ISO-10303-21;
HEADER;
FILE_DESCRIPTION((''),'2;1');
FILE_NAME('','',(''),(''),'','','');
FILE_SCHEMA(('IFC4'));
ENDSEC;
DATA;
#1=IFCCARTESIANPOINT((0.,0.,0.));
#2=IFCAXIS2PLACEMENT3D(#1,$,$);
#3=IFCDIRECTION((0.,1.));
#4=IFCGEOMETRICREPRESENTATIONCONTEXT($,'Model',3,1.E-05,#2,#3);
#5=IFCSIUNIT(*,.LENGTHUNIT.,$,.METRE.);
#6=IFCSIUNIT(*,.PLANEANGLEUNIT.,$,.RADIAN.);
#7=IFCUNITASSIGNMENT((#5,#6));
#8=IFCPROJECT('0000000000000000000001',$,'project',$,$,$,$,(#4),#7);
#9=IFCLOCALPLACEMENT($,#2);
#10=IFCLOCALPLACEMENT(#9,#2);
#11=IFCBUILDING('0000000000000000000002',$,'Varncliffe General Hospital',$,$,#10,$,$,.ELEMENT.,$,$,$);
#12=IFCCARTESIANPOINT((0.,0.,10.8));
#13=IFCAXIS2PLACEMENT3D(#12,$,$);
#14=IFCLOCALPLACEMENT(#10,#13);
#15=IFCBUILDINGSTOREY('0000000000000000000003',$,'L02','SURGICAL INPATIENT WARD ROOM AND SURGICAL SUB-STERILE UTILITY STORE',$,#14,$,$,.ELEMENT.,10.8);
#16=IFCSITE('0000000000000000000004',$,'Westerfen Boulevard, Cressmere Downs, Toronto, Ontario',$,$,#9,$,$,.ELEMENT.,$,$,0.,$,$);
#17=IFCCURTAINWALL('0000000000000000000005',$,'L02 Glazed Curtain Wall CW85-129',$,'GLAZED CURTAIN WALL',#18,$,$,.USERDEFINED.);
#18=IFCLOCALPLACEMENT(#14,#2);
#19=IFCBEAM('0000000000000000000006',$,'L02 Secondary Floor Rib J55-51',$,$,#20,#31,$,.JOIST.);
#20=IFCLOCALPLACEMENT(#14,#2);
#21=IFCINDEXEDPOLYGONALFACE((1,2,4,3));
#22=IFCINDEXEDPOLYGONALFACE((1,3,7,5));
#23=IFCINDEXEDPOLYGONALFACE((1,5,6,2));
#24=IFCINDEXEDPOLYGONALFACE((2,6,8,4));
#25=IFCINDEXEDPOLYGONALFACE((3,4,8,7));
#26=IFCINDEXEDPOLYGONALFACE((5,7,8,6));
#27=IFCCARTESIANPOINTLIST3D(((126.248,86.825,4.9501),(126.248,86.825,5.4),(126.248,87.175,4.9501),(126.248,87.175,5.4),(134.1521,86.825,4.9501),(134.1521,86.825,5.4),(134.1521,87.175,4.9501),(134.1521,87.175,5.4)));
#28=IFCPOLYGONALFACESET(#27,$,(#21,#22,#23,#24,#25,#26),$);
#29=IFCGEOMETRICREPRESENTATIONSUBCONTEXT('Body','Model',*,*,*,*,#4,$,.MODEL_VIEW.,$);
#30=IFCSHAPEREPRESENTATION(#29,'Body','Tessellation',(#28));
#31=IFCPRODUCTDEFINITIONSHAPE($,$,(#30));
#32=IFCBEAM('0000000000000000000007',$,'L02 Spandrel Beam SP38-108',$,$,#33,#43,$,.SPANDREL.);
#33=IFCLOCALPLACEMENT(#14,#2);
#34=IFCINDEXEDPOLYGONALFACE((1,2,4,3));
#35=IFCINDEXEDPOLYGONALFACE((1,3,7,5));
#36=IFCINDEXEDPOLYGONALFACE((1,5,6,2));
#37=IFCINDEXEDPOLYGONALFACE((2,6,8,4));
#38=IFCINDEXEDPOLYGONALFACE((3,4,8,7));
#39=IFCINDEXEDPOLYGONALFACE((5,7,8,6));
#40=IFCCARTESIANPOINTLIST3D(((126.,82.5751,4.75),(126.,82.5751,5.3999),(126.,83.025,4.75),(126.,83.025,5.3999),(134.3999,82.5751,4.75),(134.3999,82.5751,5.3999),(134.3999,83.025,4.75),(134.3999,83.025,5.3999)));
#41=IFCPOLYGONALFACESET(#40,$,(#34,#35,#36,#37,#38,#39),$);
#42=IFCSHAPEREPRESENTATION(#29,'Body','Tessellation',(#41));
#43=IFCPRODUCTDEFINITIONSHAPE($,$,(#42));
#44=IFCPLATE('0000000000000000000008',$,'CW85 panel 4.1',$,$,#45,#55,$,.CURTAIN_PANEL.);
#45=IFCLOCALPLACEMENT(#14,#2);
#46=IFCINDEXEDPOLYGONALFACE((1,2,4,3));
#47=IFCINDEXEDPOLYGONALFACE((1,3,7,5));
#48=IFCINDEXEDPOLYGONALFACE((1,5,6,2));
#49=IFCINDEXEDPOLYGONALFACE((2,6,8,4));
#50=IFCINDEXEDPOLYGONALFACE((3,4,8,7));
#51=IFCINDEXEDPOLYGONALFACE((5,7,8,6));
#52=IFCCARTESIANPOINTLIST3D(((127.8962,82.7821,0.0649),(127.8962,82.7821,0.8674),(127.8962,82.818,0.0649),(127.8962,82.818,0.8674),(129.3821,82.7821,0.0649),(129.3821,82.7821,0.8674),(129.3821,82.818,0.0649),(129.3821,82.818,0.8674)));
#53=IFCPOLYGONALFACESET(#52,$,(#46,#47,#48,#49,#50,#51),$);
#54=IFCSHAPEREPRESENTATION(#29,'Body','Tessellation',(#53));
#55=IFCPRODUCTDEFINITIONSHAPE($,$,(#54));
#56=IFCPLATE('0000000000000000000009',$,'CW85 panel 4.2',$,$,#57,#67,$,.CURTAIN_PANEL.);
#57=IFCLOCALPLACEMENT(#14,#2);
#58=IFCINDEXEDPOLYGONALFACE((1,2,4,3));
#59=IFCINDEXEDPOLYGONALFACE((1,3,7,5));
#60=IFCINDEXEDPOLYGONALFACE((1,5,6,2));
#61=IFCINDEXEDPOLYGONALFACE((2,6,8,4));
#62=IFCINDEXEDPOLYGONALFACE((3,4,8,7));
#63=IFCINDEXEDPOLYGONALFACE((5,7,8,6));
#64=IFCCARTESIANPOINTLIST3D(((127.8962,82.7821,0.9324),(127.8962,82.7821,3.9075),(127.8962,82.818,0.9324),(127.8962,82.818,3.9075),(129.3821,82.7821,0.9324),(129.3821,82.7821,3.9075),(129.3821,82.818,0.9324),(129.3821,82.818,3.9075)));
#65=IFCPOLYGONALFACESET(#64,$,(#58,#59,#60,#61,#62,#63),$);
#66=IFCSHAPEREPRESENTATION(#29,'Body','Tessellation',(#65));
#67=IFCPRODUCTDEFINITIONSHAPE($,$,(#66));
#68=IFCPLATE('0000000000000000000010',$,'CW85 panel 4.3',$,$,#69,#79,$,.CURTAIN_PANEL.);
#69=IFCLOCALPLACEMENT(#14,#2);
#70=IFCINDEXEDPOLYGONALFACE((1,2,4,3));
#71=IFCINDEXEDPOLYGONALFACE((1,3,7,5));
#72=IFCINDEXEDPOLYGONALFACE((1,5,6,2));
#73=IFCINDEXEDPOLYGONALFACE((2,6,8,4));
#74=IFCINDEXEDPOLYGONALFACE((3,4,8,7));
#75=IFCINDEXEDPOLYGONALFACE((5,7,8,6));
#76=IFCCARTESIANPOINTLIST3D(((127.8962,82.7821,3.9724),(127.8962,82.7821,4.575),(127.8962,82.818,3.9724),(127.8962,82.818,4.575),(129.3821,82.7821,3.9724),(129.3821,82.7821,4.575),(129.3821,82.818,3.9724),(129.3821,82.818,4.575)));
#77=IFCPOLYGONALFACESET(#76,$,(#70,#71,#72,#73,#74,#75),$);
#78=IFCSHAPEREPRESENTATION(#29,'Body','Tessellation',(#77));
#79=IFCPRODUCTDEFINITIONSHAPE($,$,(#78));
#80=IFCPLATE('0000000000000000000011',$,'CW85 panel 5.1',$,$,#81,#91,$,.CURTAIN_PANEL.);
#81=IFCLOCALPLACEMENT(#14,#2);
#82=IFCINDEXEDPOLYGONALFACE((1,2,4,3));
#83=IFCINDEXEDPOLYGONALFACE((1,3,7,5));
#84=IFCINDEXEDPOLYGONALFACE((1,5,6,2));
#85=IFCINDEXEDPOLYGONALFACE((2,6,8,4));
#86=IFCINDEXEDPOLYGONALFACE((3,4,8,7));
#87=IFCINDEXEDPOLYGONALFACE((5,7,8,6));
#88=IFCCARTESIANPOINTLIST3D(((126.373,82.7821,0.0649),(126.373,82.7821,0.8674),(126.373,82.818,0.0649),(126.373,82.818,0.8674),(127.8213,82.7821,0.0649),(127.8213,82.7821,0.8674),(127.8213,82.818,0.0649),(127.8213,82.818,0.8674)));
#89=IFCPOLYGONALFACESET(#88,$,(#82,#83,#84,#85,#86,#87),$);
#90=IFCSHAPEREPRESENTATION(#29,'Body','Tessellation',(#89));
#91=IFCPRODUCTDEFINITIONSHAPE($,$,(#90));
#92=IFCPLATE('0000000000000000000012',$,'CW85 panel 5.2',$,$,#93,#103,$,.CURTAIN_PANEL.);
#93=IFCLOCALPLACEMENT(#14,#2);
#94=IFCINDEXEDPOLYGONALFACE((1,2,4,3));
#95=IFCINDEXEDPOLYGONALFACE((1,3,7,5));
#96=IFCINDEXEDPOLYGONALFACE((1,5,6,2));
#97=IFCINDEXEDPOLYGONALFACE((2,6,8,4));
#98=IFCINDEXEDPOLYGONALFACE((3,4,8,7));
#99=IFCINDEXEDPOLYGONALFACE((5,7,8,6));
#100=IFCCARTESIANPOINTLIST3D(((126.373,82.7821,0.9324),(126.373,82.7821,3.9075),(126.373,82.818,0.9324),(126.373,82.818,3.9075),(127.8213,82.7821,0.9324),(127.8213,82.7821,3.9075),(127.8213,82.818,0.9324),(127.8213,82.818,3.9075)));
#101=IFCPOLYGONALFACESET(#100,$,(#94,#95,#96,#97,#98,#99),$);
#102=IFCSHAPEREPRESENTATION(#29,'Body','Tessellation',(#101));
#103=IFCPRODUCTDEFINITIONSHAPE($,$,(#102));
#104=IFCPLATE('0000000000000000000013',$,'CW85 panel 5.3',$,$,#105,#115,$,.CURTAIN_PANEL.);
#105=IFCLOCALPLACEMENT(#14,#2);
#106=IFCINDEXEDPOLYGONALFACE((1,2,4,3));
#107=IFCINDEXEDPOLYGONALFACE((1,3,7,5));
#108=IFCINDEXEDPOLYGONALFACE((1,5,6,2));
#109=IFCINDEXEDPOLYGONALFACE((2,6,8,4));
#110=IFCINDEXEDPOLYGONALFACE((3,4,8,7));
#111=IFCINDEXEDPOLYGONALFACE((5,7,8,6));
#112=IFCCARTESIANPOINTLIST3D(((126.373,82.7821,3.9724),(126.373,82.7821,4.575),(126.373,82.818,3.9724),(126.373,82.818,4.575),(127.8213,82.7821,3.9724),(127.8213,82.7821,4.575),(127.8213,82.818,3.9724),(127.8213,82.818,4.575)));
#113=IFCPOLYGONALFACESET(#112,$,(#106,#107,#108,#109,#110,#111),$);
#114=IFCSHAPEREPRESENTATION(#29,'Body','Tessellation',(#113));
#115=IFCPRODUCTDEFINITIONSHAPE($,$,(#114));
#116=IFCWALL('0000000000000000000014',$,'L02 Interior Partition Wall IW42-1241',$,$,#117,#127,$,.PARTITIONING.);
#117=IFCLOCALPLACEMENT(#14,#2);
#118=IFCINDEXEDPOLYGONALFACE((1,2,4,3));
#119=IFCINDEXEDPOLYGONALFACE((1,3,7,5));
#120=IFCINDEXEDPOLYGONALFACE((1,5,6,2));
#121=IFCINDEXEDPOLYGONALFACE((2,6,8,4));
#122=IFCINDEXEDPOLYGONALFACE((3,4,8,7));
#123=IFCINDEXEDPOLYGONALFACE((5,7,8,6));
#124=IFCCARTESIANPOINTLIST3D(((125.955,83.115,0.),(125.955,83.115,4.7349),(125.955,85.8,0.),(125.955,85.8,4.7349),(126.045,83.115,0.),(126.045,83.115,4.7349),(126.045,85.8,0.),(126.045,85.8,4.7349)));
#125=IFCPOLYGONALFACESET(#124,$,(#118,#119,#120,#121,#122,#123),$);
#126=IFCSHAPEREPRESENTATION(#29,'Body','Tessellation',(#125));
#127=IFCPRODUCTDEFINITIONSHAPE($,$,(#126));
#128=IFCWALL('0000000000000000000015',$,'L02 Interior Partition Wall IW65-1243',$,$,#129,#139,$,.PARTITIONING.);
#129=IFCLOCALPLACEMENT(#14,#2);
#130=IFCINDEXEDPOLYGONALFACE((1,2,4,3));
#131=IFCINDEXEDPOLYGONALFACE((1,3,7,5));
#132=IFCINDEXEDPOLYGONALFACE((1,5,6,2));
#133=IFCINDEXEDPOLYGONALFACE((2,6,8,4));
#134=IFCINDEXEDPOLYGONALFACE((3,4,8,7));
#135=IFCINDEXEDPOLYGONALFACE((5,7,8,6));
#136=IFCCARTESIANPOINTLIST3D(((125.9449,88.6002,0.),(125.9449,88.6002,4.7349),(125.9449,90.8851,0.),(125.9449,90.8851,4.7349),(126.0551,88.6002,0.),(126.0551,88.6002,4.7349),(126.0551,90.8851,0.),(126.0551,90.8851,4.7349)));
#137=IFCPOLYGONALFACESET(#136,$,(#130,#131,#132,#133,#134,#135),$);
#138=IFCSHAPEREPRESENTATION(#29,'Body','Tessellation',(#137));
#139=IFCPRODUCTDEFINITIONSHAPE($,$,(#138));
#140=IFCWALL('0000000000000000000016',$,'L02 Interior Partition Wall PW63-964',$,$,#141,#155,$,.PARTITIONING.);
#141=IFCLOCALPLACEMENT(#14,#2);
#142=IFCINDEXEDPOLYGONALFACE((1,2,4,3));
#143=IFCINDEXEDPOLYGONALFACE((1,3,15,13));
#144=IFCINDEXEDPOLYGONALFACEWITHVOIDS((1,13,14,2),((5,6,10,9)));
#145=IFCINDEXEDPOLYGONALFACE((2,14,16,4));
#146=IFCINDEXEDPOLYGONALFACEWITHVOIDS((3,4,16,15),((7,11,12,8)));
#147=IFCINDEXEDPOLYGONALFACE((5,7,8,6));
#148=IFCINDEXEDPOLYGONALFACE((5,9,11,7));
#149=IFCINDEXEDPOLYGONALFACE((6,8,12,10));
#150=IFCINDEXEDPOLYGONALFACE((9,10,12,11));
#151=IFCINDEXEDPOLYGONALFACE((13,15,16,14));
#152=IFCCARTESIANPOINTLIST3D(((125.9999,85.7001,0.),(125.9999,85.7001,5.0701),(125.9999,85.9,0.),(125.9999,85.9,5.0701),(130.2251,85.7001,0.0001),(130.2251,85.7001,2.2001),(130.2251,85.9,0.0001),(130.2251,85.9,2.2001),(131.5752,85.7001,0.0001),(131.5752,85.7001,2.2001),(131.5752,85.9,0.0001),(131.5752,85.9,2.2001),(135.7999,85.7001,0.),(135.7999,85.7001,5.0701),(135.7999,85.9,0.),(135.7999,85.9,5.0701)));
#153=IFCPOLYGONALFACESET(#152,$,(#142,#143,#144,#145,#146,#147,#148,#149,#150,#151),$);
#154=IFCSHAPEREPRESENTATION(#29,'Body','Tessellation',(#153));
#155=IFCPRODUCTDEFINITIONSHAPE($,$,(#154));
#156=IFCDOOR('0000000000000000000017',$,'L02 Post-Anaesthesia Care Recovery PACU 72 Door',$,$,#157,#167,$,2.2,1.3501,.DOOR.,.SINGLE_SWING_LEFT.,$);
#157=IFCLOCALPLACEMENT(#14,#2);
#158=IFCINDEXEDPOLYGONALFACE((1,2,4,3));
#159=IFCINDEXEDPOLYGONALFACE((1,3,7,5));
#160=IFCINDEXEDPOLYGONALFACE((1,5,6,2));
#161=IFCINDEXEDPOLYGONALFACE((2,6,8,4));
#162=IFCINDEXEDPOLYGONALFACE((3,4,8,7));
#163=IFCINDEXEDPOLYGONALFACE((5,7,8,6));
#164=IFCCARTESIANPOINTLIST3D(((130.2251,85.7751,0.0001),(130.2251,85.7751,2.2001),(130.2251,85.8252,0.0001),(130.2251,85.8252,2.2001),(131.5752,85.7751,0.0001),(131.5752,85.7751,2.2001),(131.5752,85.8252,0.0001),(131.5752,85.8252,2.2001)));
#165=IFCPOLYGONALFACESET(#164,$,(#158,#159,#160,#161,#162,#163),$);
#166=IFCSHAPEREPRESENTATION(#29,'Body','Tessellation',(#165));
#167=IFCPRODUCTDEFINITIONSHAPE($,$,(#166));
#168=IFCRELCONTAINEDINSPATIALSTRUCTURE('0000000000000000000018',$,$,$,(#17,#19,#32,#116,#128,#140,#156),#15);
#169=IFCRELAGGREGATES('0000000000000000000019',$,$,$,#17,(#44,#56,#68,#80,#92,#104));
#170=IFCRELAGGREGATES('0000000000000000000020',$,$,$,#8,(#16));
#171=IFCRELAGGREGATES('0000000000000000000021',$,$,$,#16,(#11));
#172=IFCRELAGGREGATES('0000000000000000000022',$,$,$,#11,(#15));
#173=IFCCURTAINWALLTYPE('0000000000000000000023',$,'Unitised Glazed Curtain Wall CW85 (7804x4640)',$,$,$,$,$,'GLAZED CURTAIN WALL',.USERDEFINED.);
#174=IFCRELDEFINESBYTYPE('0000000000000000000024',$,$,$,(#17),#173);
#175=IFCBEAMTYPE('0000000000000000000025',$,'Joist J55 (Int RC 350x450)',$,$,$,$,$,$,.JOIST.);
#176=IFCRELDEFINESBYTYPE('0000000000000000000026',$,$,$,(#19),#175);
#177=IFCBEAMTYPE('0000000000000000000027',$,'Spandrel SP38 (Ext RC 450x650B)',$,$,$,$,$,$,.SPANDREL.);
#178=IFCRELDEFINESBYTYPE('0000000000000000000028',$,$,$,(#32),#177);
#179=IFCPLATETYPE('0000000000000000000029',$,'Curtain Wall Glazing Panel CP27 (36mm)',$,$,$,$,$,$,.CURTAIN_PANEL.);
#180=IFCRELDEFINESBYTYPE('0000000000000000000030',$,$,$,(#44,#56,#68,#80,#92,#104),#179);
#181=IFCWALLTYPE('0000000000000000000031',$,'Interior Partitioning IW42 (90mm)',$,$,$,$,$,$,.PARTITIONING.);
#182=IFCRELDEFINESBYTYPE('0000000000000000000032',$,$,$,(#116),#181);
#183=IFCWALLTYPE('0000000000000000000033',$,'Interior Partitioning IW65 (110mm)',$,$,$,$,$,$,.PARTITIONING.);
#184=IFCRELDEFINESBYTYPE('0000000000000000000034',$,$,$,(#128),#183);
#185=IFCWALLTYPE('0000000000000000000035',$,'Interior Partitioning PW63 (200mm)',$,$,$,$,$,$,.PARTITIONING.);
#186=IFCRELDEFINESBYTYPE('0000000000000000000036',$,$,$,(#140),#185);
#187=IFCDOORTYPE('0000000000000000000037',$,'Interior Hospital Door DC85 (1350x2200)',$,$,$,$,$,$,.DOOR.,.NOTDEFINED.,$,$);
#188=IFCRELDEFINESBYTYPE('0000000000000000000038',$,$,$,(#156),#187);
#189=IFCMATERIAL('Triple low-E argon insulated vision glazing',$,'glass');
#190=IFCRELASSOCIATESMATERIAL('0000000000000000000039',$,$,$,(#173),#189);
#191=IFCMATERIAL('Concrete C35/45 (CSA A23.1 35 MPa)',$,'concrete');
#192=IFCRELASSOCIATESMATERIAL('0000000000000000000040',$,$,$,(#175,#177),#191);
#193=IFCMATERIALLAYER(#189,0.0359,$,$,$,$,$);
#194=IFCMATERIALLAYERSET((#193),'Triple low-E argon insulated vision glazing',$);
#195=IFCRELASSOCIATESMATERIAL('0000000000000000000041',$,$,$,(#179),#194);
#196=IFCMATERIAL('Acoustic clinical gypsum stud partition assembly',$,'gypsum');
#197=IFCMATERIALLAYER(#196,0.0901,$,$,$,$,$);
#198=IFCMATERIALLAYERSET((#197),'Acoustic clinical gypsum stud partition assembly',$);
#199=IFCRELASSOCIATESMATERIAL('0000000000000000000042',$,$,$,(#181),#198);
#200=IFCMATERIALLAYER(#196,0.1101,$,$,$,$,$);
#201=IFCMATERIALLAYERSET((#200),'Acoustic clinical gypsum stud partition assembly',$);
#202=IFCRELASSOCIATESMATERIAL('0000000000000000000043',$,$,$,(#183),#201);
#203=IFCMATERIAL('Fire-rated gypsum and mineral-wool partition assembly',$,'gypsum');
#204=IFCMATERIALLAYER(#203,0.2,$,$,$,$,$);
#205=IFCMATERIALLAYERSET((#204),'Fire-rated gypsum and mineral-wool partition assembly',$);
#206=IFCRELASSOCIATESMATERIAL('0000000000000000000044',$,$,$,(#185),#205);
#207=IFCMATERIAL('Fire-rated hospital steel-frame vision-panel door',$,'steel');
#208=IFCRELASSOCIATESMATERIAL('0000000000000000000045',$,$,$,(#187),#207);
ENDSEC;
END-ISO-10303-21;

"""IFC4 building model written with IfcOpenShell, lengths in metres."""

from ifc_helpers import new_model, si_unit, direction, frame, frame_2d, origin, origin_2d, place, context, subcontext, project, spatial, rectangle, extrude, material, layer, layer_set, material_profile, profile_set, type_object, element, fill, aggregate, save


model = new_model("IFC4")

# Units and contexts
model_context = context("Model", 3, precision=1e-05, world=origin(), true_north=direction((0.0, 1.0)))
body_context = subcontext(model_context, "Body", "Model", "MODEL_VIEW")
ifc_project = project(units=[si_unit("LENGTHUNIT", "METRE"), si_unit("PLANEANGLEUNIT", "RADIAN")], contexts=[model_context])

# Site, building, storey
site_placement = place(None, origin())
site = spatial("IfcSite", under=ifc_project, at=site_placement, Name="Westerfen Boulevard, Cressmere Downs, Toronto, Ontario", CompositionType="ELEMENT", RefElevation=0.0)
building_placement = place(site_placement, origin())
building = spatial("IfcBuilding", under=site, at=building_placement, Name="Varncliffe General Hospital", CompositionType="ELEMENT")
storey_placement = place(building_placement, frame((0.0, 0.0, 10.8)))
storey = spatial("IfcBuildingStorey", under=building, at=storey_placement, Name="L02", Description="SURGICAL INPATIENT WARD ROOM AND SURGICAL SUB-STERILE UTILITY STORE", CompositionType="ELEMENT", Elevation=10.8)

# Shared definitions
ifc_material_1 = material(Name="Concrete C35/45 (CSA A23.1 35 MPa)", Category="concrete")

# Curtain wall
ifc_material_2 = material(Name="Triple low-E argon insulated vision glazing", Category="glass")
curtain_wall_type = type_object("IfcCurtainWallType", Name="Unitised Glazed Curtain Wall CW85 (7804x4640)", ElementType="GLAZED CURTAIN WALL", PredefinedType="USERDEFINED", material=ifc_material_2)
curtain_wall_placement = place(storey_placement, origin())
curtain_wall = element("IfcCurtainWall", 1, at=curtain_wall_placement, inside=storey, type_object=curtain_wall_type, Name="L02 Glazed Curtain Wall CW85-129", ObjectType="GLAZED CURTAIN WALL", PredefinedType="USERDEFINED")

# Beams
ifc_material_profile_1 = material_profile(ifc_material_1, rectangle(XDim=0.3501, YDim=0.45, at=origin_2d()), Name="RC 350x450")
ifc_profile_set_1 = profile_set([ifc_material_profile_1], Name="Concrete C35/45 (CSA A23.1 35 MPa)")
beam_type_1 = type_object("IfcBeamType", Name="Joist J55 (Int RC 350x450)", PredefinedType="JOIST", material=ifc_profile_set_1)
beam_1_placement = place(storey_placement, frame((126.248, 87.0, 5.175), z_axis=(1.0, 0.0, 0.0), x_axis=(0.0, 1.0, 0.0)))
element("IfcBeam", 2, at=beam_1_placement, inside=storey, type_object=beam_type_1, Name="L02 Secondary Floor Rib J55-51", PredefinedType="JOIST", context=body_context, shape_type="SweptSolid", body=[
    extrude(rectangle(XDim=0.3501, YDim=0.45, at=origin_2d()), origin(), (0.0, 0.0, 1.0), 7.9041),
])
ifc_material_profile_2 = material_profile(ifc_material_1, rectangle(XDim=0.45, YDim=0.6499, at=origin_2d()), Name="RC 450x650")
ifc_profile_set_2 = profile_set([ifc_material_profile_2], Name="Concrete C35/45 (CSA A23.1 35 MPa)")
beam_type_2 = type_object("IfcBeamType", Name="Spandrel SP38 (Ext RC 450x650B)", PredefinedType="SPANDREL", material=ifc_profile_set_2)
beam_2_placement = place(storey_placement, frame((126.0, 82.8, 5.075), z_axis=(1.0, 0.0, 0.0), x_axis=(0.0, 1.0, 0.0)))
element("IfcBeam", 3, at=beam_2_placement, inside=storey, type_object=beam_type_2, Name="L02 Spandrel Beam SP38-108", PredefinedType="SPANDREL", context=body_context, shape_type="SweptSolid", body=[
    extrude(rectangle(XDim=0.45, YDim=0.6499, at=origin_2d()), origin(), (0.0, 0.0, 1.0), 8.3999),
])

# Plates
ifc_layer_1 = layer(ifc_material_2, 0.0359)
ifc_layer_set_1 = layer_set([ifc_layer_1], Name="Triple low-E argon insulated vision glazing")
plate_type = type_object("IfcPlateType", Name="Curtain Wall Glazing Panel CP27 (36mm)", PredefinedType="CURTAIN_PANEL", material=ifc_layer_set_1)
plate_1_placement = place(storey_placement, frame((128.6392, 82.8, 0.0649), z_axis=(0.0, 0.0, 1.0), x_axis=(-1.0, 0.0, 0.0)))
plate_1 = element("IfcPlate", 4, at=plate_1_placement, type_object=plate_type, Name="CW85 panel 4.1", PredefinedType="CURTAIN_PANEL", context=body_context, shape_type="SweptSolid", body=[
    extrude(rectangle(XDim=1.4858, YDim=0.0359, at=origin_2d()), origin(), (0.0, 0.0, 1.0), 0.8025),
])
plate_2_placement = place(storey_placement, frame((128.6392, 82.8, 0.9324), z_axis=(0.0, 0.0, 1.0), x_axis=(-1.0, 0.0, 0.0)))
plate_2 = element("IfcPlate", 5, at=plate_2_placement, type_object=plate_type, Name="CW85 panel 4.2", PredefinedType="CURTAIN_PANEL", context=body_context, shape_type="SweptSolid", body=[
    extrude(rectangle(XDim=1.4858, YDim=0.0359, at=origin_2d()), origin(), (0.0, 0.0, 1.0), 2.9751),
])
plate_3_placement = place(storey_placement, frame((128.6392, 82.8, 3.9724), z_axis=(0.0, 0.0, 1.0), x_axis=(-1.0, 0.0, 0.0)))
plate_3 = element("IfcPlate", 6, at=plate_3_placement, type_object=plate_type, Name="CW85 panel 4.3", PredefinedType="CURTAIN_PANEL", context=body_context, shape_type="SweptSolid", body=[
    extrude(rectangle(XDim=1.4858, YDim=0.0359, at=origin_2d()), origin(), (0.0, 0.0, 1.0), 0.6025),
])
plate_4_placement = place(storey_placement, frame((127.0972, 82.8, 0.0649), z_axis=(0.0, 0.0, 1.0), x_axis=(-1.0, 0.0, 0.0)))
plate_4 = element("IfcPlate", 7, at=plate_4_placement, type_object=plate_type, Name="CW85 panel 5.1", PredefinedType="CURTAIN_PANEL", context=body_context, shape_type="SweptSolid", body=[
    extrude(rectangle(XDim=1.4482, YDim=0.0359, at=origin_2d()), origin(), (0.0, 0.0, 1.0), 0.8025),
])
plate_5_placement = place(storey_placement, frame((127.0972, 82.8, 0.9324), z_axis=(0.0, 0.0, 1.0), x_axis=(-1.0, 0.0, 0.0)))
plate_5 = element("IfcPlate", 8, at=plate_5_placement, type_object=plate_type, Name="CW85 panel 5.2", PredefinedType="CURTAIN_PANEL", context=body_context, shape_type="SweptSolid", body=[
    extrude(rectangle(XDim=1.4482, YDim=0.0359, at=origin_2d()), origin(), (0.0, 0.0, 1.0), 2.9751),
])
plate_6_placement = place(storey_placement, frame((127.0972, 82.8, 3.9724), z_axis=(0.0, 0.0, 1.0), x_axis=(-1.0, 0.0, 0.0)))
plate_6 = element("IfcPlate", 9, at=plate_6_placement, type_object=plate_type, Name="CW85 panel 5.3", PredefinedType="CURTAIN_PANEL", context=body_context, shape_type="SweptSolid", body=[
    extrude(rectangle(XDim=1.4482, YDim=0.0359, at=origin_2d()), origin(), (0.0, 0.0, 1.0), 0.6025),
])
aggregate(curtain_wall, [plate_1, plate_2, plate_3, plate_4, plate_5, plate_6])

# Walls
ifc_material_3 = material(Name="Acoustic clinical gypsum stud partition assembly", Category="gypsum")
ifc_layer_2 = layer(ifc_material_3, 0.0901)
ifc_layer_set_2 = layer_set([ifc_layer_2], Name="Acoustic clinical gypsum stud partition assembly")
wall_type_1 = type_object("IfcWallType", Name="Interior Partitioning IW42 (90mm)", PredefinedType="PARTITIONING", material=ifc_layer_set_2)
wall_1_placement = place(storey_placement, frame((126.0, 83.115, 0.0), z_axis=(0.0, 0.0, 1.0), x_axis=(0.0, 1.0, 0.0)))
element("IfcWall", 10, at=wall_1_placement, inside=storey, type_object=wall_type_1, Name="L02 Interior Partition Wall IW42-1241", PredefinedType="PARTITIONING", context=body_context, shape_type="SweptSolid", body=[
    extrude(rectangle(XDim=2.6851, YDim=0.0901, at=frame_2d((1.3425, 0.0))), origin(), (0.0, 0.0, 1.0), 4.7349),
])
ifc_layer_3 = layer(ifc_material_3, 0.1101)
ifc_layer_set_3 = layer_set([ifc_layer_3], Name="Acoustic clinical gypsum stud partition assembly")
wall_type_2 = type_object("IfcWallType", Name="Interior Partitioning IW65 (110mm)", PredefinedType="PARTITIONING", material=ifc_layer_set_3)
wall_2_placement = place(storey_placement, frame((126.0, 88.6001, 0.0), z_axis=(0.0, 0.0, 1.0), x_axis=(0.0, 1.0, 0.0)))
element("IfcWall", 11, at=wall_2_placement, inside=storey, type_object=wall_type_2, Name="L02 Interior Partition Wall IW65-1243", PredefinedType="PARTITIONING", context=body_context, shape_type="SweptSolid", body=[
    extrude(rectangle(XDim=2.2849, YDim=0.1101, at=frame_2d((1.1426, 0.0))), origin(), (0.0, 0.0, 1.0), 4.7349),
])

# Wall, opening, door
ifc_material_4 = material(Name="Fire-rated gypsum and mineral-wool partition assembly", Category="gypsum")
ifc_layer_4 = layer(ifc_material_4, 0.2)
ifc_layer_set_4 = layer_set([ifc_layer_4], Name="Fire-rated gypsum and mineral-wool partition assembly")
wall_type_3 = type_object("IfcWallType", Name="Interior Partitioning PW63 (200mm)", PredefinedType="PARTITIONING", material=ifc_layer_set_4)
wall_3_placement = place(storey_placement, frame((126.0, 85.8, 0.0), z_axis=(0.0, 0.0, 1.0), x_axis=(1.0, 0.0, 0.0)))
wall_3 = element("IfcWall", 12, at=wall_3_placement, inside=storey, type_object=wall_type_3, Name="L02 Interior Partition Wall PW63-964", PredefinedType="PARTITIONING", context=body_context, shape_type="SweptSolid", body=[
    extrude(rectangle(XDim=9.8, YDim=0.2, at=frame_2d((4.8999, 0.0))), origin(), (0.0, 0.0, 1.0), 5.0701),
])
opening_1_placement = place(wall_3_placement, frame((4.2251, 0.0, 0.0)))
opening_1 = element("IfcOpeningElement", 13, at=opening_1_placement, cuts=wall_3, PredefinedType="OPENING", context=body_context, shape_type="SweptSolid", body=[
    extrude(rectangle(XDim=1.3501, YDim=2.2, at=frame_2d((0.675, 1.1001))), frame((0.0, 0.1099, 0.0), z_axis=(0.0, -1.0, 0.0), x_axis=(1.0, 0.0, 0.0)), (0.0, 0.0, 1.0), 0.22),
])
ifc_material_5 = material(Name="Fire-rated hospital steel-frame vision-panel door", Category="steel")
door_type_1 = type_object("IfcDoorType", Name="Interior Hospital Door DC85 (1350x2200)", OperationType="NOTDEFINED", PredefinedType="DOOR", material=ifc_material_5)
door_1_placement = place(opening_1_placement, frame((1.3501, 0.0, 0.0), z_axis=(0.0, 0.0, 1.0), x_axis=(-1.0, 0.0, 0.0)))
door_1 = element("IfcDoor", 14, at=door_1_placement, inside=storey, type_object=door_type_1, Name="L02 Post-Anaesthesia Care Recovery PACU 72 Door", OperationType="SINGLE_SWING_LEFT", OverallHeight=2.2, OverallWidth=1.3501, PredefinedType="DOOR", context=body_context, shape_type="SweptSolid", body=[
    extrude(rectangle(XDim=1.3501, YDim=2.2, at=frame_2d((0.675, 1.1001))), frame((0.0, 0.0249, 0.0), z_axis=(0.0, -1.0, 0.0), x_axis=(1.0, 0.0, 0.0)), (0.0, 0.0, 1.0), 0.05),
])
fill(opening_1, door_1)

save(model, "model.ifc")
